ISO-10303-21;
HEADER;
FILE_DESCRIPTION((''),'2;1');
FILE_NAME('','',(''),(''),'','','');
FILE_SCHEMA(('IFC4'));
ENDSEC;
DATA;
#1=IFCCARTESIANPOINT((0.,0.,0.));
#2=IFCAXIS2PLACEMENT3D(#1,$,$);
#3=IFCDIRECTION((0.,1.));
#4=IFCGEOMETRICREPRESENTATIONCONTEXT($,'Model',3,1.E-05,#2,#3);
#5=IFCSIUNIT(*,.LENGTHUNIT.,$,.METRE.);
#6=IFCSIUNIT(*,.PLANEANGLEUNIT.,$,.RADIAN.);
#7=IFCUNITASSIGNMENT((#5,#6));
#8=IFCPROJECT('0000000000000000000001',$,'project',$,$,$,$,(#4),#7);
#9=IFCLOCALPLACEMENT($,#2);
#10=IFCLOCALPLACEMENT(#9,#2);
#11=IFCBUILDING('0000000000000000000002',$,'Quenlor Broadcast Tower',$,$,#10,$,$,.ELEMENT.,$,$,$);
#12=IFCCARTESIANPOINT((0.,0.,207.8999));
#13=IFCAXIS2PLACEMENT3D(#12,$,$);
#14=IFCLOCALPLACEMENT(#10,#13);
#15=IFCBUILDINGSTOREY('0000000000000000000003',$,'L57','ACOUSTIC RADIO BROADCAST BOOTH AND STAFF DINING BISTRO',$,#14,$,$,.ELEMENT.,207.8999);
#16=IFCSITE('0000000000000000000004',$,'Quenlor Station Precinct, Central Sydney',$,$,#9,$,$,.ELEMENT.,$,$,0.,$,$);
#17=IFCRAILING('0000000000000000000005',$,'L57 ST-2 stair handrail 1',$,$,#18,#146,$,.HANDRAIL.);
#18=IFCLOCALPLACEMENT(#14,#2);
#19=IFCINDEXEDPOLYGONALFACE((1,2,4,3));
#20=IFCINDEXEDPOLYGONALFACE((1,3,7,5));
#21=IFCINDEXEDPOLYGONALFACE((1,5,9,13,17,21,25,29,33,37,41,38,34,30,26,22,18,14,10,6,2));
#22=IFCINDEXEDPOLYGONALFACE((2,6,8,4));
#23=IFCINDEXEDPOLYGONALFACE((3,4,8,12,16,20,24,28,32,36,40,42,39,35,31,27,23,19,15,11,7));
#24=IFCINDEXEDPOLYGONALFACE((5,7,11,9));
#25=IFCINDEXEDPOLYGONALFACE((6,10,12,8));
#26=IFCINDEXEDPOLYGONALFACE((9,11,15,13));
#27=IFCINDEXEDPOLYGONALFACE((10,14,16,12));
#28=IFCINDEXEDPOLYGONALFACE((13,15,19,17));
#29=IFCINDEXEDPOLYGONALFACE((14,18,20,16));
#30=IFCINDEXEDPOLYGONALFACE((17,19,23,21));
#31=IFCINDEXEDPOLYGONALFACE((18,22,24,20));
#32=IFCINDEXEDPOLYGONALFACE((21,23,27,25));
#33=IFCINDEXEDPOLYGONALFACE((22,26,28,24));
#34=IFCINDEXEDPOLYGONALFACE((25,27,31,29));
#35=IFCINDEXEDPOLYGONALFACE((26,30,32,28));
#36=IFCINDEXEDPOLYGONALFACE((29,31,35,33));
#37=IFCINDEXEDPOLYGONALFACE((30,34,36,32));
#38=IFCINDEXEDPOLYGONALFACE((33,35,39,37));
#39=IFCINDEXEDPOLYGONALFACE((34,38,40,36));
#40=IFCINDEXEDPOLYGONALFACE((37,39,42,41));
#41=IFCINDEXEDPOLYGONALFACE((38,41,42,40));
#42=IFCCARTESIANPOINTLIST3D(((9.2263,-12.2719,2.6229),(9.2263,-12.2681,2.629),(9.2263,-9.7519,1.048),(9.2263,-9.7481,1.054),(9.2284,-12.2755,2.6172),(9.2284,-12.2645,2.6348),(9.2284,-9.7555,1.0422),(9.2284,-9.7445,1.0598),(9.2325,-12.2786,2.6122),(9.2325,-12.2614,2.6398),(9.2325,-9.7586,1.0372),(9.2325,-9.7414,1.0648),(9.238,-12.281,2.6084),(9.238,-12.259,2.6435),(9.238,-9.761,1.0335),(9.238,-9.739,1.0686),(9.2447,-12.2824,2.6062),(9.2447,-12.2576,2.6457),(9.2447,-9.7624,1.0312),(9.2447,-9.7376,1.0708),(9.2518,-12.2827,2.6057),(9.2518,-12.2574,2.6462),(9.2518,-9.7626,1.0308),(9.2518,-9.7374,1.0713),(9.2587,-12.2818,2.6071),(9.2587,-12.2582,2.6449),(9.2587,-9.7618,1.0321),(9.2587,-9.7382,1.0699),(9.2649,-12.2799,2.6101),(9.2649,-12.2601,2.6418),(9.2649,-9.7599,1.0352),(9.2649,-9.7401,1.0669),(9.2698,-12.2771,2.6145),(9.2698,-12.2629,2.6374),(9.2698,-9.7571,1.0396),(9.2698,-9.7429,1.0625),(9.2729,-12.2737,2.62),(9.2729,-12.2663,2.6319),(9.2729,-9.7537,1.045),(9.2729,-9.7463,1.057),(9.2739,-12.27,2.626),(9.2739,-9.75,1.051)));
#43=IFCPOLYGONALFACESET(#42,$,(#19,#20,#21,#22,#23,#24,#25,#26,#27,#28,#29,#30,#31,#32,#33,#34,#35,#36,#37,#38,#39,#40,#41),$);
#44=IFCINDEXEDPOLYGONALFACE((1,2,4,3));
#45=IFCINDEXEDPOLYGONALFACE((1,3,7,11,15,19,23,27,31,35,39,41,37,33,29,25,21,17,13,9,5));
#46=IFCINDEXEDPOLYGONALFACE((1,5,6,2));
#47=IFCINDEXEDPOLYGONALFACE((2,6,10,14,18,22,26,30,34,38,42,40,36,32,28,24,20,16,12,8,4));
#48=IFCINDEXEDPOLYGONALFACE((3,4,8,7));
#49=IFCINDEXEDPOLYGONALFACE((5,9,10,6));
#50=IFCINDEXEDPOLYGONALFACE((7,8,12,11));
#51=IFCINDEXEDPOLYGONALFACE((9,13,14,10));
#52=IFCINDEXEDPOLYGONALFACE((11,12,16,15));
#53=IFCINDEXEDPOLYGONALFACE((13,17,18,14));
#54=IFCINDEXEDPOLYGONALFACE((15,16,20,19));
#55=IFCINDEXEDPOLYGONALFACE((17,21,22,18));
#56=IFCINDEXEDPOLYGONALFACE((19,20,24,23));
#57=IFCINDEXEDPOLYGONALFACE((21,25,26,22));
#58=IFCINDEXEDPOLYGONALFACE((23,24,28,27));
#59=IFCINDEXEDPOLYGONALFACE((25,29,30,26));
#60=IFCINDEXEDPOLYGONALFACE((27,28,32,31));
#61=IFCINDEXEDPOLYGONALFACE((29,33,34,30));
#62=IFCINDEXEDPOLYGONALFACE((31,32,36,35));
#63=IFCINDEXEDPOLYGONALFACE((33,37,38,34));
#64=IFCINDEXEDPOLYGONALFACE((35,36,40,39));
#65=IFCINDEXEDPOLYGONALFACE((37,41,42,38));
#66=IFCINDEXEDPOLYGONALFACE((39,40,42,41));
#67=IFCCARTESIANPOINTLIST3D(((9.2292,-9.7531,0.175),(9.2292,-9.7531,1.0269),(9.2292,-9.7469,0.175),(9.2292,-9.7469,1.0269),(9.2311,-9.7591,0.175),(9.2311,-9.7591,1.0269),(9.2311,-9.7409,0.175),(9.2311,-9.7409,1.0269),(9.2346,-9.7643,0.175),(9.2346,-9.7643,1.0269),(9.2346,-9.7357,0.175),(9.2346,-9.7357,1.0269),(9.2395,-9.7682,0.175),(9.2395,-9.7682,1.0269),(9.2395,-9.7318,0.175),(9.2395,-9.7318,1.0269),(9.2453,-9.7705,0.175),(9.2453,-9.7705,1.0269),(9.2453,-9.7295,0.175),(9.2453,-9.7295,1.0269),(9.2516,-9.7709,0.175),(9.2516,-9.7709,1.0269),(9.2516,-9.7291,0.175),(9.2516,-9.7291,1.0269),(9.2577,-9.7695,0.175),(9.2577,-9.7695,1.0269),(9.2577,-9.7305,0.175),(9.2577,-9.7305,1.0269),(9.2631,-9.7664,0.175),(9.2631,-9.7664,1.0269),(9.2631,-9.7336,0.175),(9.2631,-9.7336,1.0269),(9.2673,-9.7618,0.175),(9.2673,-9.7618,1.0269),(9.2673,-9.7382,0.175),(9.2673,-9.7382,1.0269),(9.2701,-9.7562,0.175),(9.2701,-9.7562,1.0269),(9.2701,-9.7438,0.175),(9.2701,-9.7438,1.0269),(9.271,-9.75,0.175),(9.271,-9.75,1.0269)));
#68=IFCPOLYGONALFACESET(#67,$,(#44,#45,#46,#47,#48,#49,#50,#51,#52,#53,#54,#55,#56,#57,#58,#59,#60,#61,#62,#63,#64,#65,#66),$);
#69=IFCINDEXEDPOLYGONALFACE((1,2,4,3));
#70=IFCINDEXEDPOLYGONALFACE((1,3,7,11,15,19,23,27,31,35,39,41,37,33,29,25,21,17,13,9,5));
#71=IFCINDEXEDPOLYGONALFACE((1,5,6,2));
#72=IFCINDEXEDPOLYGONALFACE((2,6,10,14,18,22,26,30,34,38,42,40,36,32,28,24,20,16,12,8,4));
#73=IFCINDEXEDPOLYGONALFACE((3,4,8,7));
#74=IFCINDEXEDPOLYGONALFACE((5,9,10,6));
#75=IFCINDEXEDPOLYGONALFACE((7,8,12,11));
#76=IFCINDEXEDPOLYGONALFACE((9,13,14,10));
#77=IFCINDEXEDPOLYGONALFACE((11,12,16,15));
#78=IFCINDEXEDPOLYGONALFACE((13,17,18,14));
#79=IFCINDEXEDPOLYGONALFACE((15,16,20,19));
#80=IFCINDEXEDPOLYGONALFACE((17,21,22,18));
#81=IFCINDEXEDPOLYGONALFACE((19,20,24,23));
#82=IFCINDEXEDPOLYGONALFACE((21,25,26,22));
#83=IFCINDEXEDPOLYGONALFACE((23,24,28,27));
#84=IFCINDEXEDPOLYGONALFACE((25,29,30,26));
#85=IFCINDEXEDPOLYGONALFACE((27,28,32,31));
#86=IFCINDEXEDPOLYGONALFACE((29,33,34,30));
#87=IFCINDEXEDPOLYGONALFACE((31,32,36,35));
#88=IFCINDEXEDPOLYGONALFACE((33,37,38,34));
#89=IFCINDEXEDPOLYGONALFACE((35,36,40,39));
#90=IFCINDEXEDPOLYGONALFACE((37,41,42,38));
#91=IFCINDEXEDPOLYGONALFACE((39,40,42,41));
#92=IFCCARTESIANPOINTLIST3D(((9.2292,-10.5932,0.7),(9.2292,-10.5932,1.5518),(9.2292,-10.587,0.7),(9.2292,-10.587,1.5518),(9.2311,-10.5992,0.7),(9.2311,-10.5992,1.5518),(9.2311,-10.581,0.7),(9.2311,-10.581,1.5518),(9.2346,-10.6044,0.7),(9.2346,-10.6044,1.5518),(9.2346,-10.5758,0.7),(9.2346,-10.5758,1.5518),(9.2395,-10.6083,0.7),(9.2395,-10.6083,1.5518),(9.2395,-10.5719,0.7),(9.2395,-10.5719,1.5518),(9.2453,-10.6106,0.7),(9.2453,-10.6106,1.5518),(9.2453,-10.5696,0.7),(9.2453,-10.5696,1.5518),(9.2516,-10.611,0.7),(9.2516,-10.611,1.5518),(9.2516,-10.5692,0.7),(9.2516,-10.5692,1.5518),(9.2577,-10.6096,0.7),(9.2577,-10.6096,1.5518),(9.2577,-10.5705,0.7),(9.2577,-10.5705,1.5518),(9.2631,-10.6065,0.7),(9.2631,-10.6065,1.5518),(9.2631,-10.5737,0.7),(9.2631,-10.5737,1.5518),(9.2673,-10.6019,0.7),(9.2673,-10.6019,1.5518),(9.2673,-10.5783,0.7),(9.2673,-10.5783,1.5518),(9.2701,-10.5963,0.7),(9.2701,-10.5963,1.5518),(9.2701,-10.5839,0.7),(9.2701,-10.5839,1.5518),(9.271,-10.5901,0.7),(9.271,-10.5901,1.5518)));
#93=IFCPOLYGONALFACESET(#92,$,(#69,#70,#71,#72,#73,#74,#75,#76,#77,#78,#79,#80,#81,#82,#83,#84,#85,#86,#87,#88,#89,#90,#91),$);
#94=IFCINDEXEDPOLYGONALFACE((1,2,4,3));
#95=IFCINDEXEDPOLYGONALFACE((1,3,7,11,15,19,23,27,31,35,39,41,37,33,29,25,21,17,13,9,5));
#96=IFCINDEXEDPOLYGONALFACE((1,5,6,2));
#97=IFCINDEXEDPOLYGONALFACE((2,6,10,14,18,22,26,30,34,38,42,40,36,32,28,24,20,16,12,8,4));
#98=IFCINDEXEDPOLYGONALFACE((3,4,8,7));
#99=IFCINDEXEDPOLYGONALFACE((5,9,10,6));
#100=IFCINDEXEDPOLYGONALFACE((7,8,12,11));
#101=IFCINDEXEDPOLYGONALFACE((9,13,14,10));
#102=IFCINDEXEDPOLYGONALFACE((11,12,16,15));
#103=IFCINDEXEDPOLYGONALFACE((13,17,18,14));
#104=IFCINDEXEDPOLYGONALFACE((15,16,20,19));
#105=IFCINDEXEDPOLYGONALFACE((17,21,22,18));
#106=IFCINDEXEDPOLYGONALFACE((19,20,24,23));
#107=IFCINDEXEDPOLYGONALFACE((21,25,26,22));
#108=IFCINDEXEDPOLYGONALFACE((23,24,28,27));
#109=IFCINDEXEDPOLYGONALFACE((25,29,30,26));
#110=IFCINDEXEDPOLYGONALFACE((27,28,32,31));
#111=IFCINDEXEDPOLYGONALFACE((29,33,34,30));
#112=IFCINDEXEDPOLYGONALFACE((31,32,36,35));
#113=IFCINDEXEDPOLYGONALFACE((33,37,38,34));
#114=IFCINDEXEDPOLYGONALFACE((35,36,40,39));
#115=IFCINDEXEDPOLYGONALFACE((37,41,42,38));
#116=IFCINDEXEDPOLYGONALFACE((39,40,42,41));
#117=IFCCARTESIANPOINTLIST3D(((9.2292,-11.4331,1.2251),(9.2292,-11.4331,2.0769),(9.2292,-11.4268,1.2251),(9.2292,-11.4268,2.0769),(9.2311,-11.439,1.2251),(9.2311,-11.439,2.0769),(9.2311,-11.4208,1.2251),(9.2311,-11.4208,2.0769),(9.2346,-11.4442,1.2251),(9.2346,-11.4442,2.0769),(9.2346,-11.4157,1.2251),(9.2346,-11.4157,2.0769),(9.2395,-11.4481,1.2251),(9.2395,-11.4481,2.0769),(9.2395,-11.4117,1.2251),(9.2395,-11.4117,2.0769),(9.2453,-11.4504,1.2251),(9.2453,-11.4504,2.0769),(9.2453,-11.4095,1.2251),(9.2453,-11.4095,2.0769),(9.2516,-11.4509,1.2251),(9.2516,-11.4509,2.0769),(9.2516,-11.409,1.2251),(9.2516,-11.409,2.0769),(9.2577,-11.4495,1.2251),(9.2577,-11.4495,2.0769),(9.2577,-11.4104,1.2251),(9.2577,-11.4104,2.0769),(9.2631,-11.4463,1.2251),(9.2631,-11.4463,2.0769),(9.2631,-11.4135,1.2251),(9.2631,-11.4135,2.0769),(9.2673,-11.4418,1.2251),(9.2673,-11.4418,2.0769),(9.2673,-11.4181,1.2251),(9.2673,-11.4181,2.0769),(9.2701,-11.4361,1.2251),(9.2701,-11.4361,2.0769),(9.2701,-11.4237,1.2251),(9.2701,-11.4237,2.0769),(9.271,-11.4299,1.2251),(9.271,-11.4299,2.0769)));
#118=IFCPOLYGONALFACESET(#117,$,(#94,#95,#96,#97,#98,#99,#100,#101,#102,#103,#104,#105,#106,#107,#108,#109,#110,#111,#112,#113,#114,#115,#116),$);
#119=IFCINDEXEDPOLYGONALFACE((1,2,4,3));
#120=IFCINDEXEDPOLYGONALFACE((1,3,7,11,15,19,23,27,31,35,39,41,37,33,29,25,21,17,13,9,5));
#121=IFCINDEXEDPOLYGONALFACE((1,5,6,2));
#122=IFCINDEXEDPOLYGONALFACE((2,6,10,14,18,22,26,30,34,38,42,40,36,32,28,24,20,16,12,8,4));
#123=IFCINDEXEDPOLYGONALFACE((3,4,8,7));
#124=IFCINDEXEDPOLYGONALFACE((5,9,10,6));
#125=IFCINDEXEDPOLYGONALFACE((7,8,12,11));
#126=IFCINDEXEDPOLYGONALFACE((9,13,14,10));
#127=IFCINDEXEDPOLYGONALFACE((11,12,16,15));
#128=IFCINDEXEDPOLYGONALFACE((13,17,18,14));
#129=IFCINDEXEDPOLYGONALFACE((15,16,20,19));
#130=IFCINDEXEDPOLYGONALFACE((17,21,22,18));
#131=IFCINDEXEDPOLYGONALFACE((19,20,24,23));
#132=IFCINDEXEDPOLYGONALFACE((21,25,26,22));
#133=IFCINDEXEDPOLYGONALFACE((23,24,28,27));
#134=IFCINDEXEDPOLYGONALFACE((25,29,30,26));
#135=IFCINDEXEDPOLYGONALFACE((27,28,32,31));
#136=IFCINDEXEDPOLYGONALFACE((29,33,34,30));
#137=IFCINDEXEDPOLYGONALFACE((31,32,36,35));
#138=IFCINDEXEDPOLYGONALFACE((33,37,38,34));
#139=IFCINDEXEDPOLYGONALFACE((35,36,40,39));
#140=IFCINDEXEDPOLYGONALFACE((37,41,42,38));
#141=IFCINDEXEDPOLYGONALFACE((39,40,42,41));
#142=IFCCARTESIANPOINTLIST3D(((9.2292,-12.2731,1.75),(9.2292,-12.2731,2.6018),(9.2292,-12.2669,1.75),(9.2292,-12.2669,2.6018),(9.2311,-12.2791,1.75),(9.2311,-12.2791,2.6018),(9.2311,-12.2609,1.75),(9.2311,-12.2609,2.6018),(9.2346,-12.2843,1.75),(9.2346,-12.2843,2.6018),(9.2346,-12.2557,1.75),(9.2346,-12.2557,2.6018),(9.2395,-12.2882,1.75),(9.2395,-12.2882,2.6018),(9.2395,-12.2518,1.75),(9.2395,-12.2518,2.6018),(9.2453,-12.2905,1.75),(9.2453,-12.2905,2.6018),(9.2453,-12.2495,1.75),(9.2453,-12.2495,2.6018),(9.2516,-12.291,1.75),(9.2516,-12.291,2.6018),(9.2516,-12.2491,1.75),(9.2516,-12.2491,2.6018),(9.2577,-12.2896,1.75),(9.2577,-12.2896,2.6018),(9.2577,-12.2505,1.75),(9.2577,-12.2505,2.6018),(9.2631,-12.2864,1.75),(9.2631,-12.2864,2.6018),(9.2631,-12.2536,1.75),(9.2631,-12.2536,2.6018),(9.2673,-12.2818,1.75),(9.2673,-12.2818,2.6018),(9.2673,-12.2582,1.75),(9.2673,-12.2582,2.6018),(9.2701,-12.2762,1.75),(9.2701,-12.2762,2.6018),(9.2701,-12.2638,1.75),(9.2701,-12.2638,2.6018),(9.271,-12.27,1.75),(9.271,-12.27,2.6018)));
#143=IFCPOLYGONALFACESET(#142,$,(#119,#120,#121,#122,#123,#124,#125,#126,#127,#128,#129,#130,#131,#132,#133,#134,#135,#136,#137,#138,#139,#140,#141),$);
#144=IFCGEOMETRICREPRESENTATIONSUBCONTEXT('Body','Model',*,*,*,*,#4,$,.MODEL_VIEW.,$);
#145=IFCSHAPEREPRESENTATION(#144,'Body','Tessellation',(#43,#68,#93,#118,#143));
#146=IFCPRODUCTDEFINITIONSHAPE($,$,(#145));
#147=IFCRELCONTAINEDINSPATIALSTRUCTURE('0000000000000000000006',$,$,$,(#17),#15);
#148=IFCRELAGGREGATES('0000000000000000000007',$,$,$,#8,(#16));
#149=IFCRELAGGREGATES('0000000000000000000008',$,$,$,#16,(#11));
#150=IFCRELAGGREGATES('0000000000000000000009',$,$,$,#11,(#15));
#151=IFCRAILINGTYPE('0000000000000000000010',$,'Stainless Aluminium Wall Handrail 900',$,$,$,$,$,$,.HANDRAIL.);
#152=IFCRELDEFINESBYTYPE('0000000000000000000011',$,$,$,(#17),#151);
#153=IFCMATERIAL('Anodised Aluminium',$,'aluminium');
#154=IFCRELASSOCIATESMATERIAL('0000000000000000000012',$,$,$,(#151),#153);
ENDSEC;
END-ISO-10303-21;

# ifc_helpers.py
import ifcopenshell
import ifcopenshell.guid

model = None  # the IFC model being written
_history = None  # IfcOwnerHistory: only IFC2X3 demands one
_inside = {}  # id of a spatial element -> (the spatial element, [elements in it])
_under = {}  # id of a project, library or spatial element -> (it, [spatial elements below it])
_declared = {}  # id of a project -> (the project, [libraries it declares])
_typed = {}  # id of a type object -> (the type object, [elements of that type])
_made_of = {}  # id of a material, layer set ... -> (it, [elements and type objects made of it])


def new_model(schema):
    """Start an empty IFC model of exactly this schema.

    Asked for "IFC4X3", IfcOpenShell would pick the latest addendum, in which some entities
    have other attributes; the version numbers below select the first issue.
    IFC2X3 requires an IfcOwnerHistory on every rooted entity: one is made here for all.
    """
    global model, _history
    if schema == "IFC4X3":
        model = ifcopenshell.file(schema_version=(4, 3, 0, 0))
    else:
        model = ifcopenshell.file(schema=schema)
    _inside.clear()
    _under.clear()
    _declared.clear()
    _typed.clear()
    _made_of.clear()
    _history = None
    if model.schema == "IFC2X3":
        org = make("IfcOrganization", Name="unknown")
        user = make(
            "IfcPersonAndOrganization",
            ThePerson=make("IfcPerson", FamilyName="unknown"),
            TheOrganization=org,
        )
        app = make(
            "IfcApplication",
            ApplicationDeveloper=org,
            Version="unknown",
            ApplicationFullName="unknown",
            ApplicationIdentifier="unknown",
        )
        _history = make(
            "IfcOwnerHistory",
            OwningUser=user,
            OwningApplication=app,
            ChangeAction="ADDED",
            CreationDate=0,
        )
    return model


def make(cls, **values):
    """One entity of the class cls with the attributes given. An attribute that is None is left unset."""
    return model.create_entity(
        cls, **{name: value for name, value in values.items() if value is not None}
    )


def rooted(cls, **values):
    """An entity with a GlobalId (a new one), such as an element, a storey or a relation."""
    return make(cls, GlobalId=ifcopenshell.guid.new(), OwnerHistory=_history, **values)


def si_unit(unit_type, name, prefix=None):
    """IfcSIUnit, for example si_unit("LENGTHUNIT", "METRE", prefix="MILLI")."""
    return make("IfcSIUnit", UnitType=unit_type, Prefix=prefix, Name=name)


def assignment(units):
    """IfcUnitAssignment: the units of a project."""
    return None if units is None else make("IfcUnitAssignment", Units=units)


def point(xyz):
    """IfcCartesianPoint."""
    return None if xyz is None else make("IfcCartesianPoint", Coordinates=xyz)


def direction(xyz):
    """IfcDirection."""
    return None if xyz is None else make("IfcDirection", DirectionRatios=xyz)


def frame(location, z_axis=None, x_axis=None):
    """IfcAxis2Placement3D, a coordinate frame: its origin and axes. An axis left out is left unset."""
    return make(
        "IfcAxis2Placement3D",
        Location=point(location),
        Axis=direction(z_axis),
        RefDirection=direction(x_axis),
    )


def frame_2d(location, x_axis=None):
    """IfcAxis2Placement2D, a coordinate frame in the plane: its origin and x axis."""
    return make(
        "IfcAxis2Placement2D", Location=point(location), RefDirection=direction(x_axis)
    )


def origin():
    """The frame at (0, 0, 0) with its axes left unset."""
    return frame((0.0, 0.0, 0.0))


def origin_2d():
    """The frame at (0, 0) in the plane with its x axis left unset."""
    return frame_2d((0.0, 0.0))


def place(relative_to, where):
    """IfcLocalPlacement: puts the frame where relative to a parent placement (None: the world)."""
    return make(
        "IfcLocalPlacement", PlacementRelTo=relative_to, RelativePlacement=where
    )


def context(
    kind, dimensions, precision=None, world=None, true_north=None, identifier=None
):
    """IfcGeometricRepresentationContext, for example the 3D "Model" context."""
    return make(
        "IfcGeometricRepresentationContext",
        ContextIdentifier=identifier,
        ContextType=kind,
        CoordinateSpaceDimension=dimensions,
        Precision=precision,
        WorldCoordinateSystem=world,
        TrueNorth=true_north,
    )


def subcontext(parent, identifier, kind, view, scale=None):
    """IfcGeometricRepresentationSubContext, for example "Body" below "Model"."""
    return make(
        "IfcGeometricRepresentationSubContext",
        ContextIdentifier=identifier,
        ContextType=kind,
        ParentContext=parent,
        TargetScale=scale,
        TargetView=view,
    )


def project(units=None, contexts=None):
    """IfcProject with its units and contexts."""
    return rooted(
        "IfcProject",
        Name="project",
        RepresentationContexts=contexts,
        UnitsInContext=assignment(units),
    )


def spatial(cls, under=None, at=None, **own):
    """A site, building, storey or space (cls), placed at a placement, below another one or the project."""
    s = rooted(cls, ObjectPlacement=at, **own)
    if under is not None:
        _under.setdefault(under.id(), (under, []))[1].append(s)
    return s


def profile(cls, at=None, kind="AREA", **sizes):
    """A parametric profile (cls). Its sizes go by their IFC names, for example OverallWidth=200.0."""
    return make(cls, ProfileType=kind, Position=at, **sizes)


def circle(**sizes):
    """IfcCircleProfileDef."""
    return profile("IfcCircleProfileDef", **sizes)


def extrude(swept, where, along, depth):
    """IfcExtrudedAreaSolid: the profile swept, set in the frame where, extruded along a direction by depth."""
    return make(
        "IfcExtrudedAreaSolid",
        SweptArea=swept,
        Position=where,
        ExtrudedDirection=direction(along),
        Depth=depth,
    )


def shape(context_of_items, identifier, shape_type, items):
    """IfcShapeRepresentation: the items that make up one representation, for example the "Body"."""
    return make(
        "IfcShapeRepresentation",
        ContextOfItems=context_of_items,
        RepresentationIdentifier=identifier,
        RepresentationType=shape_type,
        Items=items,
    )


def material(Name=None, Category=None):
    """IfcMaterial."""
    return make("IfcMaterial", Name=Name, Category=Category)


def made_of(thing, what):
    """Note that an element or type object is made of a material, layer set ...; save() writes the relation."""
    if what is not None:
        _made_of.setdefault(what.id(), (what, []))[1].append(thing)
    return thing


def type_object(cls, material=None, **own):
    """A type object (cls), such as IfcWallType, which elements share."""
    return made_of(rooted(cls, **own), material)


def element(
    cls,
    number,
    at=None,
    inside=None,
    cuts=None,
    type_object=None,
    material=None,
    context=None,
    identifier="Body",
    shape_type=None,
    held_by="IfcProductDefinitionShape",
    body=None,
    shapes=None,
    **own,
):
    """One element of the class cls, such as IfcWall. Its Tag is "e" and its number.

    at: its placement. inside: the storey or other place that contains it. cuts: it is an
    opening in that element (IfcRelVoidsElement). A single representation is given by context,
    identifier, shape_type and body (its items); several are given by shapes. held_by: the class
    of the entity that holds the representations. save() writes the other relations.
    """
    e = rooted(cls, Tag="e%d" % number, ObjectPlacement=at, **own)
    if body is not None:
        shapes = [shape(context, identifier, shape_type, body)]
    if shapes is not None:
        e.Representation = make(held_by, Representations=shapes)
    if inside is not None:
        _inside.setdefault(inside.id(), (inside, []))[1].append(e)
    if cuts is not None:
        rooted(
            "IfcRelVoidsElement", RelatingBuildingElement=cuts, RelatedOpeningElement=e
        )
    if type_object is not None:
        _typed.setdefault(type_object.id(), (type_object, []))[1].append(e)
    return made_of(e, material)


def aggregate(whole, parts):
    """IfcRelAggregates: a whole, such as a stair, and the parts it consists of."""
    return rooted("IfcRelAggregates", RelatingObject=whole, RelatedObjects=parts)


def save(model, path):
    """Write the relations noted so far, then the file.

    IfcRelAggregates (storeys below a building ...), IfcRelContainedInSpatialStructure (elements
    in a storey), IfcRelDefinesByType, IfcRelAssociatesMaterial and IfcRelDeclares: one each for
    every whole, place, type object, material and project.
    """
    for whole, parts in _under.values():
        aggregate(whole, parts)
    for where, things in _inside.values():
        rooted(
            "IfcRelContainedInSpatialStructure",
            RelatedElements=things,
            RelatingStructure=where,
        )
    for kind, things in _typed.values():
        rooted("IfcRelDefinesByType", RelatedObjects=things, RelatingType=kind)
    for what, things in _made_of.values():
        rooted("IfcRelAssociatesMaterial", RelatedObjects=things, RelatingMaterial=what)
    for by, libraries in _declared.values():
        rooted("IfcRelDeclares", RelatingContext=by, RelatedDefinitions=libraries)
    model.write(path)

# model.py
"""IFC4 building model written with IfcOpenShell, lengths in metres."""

from ifc_helpers import new_model, si_unit, direction, frame, origin, origin_2d, place, context, subcontext, project, spatial, circle, extrude, material, type_object, element, save


model = new_model("IFC4")

# Units and contexts
model_context = context("Model", 3, precision=1e-05, world=origin(), true_north=direction((0.0, 1.0)))
body_context = subcontext(model_context, "Body", "Model", "MODEL_VIEW")
ifc_project = project(units=[si_unit("LENGTHUNIT", "METRE"), si_unit("PLANEANGLEUNIT", "RADIAN")], contexts=[model_context])

# Site, building, storey
site_placement = place(None, origin())
site = spatial("IfcSite", under=ifc_project, at=site_placement, Name="Quenlor Station Precinct, Central Sydney", CompositionType="ELEMENT", RefElevation=0.0)
building_placement = place(site_placement, origin())
building = spatial("IfcBuilding", under=site, at=building_placement, Name="Quenlor Broadcast Tower", CompositionType="ELEMENT")
storey_placement = place(building_placement, frame((0.0, 0.0, 207.8999)))
storey = spatial("IfcBuildingStorey", under=building, at=storey_placement, Name="L57", Description="ACOUSTIC RADIO BROADCAST BOOTH AND STAFF DINING BISTRO", CompositionType="ELEMENT", Elevation=207.8999)

# Railing
ifc_material_1 = material(Name="Anodised Aluminium", Category="aluminium")
railing_type_1 = type_object("IfcRailingType", Name="Stainless Aluminium Wall Handrail 900", PredefinedType="HANDRAIL", material=ifc_material_1)
railing_1_placement = place(storey_placement, frame((9.25, -9.75, 0.175)))
element("IfcRailing", 1, at=railing_1_placement, inside=storey, type_object=railing_type_1, Name="L57 ST-2 stair handrail 1", PredefinedType="HANDRAIL", context=body_context, shape_type="SweptSolid", body=[
    extrude(circle(Radius=0.0239, at=origin_2d()), frame((0.0, 0.0, 0.876), z_axis=(0.0, -0.848008, 0.529984), x_axis=(1.0, 0.0, 0.0)), (0.0, 0.0, 1.0), 2.9717),
    extrude(circle(Radius=0.021, at=origin_2d()), origin(), (0.0, 0.0, 1.0), 0.8518),
    extrude(circle(Radius=0.021, at=origin_2d()), frame((0.0, -0.8401, 0.5249)), (0.0, 0.0, 1.0), 0.8518),
    extrude(circle(Radius=0.021, at=origin_2d()), frame((0.0, -1.6799, 1.05)), (0.0, 0.0, 1.0), 0.8518),
    extrude(circle(Radius=0.021, at=origin_2d()), frame((0.0, -2.52, 1.575)), (0.0, 0.0, 1.0), 0.8518),
])

save(model, "model.ifc")
